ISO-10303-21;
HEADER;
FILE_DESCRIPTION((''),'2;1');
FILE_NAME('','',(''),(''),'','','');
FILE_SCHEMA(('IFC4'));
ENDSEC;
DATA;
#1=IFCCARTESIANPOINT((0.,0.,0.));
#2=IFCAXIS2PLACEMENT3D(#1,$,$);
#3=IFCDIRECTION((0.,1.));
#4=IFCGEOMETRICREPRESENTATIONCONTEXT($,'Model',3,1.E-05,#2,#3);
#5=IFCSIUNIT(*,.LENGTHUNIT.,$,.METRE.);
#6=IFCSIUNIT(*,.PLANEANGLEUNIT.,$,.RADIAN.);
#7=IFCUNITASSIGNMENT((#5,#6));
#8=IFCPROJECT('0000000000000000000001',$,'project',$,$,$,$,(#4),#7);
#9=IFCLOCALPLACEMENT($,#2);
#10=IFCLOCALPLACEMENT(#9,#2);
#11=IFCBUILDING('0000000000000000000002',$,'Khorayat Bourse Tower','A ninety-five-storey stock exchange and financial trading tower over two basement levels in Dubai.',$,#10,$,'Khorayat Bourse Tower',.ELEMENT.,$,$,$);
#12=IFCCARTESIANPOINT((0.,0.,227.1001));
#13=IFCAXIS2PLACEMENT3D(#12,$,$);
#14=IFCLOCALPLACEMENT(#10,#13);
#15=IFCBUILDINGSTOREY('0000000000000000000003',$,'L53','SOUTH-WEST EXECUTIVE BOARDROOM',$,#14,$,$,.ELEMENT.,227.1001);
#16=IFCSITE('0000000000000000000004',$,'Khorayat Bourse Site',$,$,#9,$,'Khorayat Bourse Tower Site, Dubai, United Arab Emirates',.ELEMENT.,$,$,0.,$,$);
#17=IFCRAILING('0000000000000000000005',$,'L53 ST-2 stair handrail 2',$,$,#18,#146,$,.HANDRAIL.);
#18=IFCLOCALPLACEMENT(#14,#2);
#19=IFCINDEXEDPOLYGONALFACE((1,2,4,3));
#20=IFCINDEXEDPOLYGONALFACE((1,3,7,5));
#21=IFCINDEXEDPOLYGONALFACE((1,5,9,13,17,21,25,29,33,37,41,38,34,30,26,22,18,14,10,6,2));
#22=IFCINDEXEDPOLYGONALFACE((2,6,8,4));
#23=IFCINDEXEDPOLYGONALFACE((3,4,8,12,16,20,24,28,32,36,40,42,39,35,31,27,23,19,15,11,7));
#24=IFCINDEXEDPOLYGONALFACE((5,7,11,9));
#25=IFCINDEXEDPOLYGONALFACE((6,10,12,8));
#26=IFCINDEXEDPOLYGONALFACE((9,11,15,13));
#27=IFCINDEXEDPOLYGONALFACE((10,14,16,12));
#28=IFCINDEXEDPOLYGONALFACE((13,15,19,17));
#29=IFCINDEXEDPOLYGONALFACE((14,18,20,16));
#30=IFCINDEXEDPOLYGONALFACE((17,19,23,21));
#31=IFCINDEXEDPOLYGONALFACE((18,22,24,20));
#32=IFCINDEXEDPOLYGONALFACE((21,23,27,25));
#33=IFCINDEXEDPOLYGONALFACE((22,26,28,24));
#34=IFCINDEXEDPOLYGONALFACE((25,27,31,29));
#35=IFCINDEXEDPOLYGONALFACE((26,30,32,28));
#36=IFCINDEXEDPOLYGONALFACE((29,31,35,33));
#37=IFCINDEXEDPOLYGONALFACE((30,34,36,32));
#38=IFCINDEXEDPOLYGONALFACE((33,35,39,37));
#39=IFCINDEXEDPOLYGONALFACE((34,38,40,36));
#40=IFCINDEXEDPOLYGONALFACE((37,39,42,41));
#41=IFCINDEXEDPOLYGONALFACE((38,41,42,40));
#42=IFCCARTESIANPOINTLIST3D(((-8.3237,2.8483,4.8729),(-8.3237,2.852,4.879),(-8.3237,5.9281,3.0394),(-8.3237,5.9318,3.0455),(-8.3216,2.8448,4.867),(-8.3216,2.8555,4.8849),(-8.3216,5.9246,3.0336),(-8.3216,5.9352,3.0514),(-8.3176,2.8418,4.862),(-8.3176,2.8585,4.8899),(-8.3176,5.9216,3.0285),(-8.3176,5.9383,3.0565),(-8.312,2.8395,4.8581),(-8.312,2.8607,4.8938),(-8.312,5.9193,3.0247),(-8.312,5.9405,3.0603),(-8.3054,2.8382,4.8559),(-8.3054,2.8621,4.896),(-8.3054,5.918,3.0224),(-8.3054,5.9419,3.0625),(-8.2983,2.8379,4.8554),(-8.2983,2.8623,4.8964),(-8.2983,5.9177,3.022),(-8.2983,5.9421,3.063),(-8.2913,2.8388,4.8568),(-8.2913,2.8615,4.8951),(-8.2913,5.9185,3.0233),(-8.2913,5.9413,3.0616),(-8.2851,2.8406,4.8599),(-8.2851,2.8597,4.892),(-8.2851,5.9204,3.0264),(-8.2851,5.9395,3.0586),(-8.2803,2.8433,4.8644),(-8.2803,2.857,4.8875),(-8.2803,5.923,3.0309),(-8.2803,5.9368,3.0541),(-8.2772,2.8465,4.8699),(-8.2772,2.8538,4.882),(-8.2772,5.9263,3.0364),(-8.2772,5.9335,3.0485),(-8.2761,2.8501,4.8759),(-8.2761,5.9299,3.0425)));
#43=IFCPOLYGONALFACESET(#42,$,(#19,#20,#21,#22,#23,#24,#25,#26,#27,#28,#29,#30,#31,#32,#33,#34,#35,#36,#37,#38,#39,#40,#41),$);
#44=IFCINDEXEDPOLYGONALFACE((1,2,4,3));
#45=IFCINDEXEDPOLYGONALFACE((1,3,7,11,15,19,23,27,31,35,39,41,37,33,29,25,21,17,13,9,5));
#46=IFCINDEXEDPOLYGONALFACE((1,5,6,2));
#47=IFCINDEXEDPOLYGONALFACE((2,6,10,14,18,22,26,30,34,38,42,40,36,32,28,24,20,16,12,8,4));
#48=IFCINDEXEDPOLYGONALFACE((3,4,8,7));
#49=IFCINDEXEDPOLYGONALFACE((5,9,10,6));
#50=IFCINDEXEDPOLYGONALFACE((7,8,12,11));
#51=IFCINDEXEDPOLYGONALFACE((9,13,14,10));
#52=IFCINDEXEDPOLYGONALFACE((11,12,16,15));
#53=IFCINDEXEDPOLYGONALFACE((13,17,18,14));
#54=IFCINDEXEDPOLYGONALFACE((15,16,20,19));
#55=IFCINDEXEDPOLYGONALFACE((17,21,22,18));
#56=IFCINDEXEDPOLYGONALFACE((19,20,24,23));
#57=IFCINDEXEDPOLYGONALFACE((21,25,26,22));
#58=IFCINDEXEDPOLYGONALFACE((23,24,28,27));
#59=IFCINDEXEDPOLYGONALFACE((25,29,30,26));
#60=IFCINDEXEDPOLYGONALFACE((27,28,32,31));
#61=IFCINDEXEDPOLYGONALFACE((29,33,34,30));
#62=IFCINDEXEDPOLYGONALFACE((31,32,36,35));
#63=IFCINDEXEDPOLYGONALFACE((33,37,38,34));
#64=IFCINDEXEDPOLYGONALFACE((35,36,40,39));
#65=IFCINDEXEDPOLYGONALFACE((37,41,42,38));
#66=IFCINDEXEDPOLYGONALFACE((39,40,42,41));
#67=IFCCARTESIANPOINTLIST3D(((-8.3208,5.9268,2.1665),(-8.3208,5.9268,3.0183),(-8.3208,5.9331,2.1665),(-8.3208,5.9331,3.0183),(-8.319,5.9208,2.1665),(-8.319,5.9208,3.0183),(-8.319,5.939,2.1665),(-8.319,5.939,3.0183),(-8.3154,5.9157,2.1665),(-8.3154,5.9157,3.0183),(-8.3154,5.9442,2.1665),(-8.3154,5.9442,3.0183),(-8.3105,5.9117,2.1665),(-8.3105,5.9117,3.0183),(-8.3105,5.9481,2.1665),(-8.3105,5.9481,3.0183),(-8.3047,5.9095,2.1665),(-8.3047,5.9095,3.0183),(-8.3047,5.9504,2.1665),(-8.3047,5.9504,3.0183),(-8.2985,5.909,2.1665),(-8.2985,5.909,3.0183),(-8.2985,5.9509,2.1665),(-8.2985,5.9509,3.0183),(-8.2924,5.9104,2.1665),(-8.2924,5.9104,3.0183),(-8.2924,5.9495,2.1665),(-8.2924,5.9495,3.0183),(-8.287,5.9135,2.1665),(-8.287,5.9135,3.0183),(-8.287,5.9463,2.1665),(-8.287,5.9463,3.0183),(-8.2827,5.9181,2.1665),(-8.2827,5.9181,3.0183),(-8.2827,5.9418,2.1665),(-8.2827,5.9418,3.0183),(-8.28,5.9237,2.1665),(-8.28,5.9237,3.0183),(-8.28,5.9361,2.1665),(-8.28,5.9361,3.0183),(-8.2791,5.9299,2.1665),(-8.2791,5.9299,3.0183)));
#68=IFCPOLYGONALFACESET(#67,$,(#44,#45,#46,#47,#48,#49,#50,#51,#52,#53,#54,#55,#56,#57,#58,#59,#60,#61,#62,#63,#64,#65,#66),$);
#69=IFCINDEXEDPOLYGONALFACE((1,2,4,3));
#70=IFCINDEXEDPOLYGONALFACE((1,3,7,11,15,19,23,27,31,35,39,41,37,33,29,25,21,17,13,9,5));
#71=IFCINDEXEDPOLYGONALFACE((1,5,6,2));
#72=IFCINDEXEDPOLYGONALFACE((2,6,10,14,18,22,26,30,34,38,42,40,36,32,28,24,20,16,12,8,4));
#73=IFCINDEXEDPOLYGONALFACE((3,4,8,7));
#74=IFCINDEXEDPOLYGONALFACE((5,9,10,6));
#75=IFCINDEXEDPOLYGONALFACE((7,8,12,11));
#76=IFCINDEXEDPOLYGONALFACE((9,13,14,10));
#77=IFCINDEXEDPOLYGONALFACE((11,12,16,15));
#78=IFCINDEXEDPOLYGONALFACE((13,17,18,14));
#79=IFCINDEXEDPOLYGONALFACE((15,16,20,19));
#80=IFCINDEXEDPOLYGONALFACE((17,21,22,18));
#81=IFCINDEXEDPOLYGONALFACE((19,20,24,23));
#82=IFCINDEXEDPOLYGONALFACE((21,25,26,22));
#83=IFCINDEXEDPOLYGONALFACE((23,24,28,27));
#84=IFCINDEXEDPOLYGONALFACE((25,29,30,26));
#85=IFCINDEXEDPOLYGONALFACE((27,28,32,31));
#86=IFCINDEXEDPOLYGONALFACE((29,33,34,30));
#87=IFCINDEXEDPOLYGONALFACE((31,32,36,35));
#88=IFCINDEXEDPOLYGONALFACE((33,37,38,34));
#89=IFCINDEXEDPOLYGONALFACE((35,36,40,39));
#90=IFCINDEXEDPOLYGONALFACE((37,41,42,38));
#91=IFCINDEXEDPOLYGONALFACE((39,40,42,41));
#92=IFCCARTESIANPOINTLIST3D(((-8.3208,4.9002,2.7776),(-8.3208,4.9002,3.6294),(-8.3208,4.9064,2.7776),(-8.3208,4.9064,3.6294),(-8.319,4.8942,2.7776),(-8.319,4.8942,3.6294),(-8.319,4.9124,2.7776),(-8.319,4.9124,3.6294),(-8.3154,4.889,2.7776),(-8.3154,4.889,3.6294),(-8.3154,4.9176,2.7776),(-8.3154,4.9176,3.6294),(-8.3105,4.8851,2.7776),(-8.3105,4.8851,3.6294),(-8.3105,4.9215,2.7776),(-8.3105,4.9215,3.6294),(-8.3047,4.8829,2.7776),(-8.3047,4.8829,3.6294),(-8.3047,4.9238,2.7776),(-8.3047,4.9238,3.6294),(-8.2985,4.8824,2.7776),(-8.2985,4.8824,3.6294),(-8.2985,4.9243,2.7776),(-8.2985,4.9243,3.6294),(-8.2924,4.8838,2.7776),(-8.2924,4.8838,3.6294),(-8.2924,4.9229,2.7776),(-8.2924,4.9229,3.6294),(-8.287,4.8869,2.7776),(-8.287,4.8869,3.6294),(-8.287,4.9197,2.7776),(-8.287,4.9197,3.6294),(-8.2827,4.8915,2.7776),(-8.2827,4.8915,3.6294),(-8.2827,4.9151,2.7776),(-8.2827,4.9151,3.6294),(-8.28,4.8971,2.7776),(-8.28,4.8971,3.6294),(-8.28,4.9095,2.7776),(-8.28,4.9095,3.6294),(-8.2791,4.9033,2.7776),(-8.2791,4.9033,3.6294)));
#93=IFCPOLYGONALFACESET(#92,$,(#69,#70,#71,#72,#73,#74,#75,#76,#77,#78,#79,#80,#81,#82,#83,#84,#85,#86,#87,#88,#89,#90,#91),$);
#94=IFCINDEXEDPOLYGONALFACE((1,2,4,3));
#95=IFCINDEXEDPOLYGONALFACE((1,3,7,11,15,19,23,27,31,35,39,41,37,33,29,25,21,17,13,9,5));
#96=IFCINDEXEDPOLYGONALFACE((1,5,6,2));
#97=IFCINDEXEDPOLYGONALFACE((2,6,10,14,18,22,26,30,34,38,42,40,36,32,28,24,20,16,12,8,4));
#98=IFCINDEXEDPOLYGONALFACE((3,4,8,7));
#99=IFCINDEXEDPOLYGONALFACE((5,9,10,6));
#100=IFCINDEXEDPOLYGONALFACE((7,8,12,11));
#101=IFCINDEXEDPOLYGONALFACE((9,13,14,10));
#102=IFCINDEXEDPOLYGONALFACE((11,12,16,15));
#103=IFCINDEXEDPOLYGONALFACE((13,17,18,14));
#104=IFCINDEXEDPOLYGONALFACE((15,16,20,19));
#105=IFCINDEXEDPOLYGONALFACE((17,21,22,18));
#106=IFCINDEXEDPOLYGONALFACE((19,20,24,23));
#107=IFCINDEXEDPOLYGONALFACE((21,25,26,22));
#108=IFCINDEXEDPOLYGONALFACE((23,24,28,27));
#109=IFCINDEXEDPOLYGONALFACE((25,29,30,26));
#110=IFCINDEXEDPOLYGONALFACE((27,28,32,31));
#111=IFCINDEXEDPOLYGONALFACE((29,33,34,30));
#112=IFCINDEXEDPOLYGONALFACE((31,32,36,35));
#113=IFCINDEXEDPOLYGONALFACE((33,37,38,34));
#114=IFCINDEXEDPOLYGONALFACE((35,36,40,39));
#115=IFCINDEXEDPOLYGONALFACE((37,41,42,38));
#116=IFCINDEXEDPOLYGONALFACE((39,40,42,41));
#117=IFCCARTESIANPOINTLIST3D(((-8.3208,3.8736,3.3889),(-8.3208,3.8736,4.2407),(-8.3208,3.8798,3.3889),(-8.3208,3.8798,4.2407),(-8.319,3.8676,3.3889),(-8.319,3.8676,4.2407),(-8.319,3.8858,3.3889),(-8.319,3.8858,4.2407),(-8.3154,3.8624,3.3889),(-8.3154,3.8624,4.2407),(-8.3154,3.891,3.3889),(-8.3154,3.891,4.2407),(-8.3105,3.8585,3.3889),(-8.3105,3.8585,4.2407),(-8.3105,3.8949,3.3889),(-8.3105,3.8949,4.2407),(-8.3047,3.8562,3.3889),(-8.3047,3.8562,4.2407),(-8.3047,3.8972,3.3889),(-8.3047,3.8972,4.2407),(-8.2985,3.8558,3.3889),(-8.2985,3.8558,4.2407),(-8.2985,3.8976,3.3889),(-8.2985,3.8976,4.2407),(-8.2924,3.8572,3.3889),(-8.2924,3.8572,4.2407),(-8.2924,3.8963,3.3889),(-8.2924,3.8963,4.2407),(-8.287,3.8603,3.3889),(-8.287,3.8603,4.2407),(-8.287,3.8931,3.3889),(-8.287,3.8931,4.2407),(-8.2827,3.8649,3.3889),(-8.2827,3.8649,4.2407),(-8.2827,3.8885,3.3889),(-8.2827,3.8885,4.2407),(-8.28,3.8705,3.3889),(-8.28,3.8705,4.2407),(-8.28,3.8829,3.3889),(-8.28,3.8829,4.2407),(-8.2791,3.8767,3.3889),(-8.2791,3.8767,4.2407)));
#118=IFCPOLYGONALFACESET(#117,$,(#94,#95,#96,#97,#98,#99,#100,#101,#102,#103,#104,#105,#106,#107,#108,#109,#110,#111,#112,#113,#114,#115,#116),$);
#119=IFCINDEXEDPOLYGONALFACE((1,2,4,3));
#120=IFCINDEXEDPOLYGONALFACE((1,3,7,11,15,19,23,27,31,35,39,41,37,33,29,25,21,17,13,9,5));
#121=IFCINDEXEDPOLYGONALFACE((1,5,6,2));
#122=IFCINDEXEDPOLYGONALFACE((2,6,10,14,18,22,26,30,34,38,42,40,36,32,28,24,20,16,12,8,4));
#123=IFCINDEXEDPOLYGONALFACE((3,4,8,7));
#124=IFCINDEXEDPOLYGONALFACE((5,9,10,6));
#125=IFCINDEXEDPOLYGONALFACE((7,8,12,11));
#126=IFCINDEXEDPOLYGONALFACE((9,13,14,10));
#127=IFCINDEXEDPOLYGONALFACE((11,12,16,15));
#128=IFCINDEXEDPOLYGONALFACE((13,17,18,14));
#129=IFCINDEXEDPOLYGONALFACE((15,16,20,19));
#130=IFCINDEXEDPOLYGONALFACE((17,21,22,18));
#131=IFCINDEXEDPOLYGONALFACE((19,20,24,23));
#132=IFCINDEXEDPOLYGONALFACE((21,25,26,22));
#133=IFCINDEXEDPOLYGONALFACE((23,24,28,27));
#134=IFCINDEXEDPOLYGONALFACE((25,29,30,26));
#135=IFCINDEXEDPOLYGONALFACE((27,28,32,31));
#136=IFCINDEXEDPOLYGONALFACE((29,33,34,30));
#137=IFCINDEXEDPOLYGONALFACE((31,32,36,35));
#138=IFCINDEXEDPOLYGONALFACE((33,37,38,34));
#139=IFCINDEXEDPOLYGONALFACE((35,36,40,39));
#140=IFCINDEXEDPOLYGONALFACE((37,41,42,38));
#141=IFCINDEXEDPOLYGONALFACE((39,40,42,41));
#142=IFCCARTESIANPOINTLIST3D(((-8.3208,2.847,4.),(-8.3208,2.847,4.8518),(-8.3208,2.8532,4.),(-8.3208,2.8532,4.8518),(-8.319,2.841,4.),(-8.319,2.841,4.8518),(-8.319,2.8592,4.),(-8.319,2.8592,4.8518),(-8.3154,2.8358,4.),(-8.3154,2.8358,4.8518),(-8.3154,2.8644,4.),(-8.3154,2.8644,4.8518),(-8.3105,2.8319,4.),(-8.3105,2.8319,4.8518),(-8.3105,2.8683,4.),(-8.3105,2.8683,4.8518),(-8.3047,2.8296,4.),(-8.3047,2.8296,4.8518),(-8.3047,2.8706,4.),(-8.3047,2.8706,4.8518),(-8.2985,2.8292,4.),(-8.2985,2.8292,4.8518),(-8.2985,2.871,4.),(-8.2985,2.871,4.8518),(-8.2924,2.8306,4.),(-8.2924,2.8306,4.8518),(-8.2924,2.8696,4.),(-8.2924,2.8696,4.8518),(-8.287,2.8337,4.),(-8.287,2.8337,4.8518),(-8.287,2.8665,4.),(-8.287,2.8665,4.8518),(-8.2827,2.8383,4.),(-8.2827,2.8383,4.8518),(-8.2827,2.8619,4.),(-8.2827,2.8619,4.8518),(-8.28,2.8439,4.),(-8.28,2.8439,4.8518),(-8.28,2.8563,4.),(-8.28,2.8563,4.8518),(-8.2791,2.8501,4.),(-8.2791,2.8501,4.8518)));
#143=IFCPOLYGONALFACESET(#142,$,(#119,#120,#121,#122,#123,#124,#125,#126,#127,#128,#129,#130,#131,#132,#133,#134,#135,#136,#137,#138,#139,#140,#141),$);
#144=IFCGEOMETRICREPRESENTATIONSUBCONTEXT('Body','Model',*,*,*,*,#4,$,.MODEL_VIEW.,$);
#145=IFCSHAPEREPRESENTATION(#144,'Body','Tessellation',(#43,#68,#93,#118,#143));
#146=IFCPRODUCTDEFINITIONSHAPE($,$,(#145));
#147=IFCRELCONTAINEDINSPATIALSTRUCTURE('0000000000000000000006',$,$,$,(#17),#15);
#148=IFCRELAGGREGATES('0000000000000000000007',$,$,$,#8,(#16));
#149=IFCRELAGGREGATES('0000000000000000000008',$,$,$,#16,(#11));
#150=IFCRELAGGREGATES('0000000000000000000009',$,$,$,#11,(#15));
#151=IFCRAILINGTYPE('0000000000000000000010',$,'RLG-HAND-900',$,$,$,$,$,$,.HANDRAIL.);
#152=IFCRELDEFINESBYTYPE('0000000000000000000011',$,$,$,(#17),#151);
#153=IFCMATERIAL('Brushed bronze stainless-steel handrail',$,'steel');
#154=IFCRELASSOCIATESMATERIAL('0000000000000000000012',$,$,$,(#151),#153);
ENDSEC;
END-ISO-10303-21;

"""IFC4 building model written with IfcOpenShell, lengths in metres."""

from ifc_helpers import new_model, si_unit, direction, frame, origin, origin_2d, place, context, subcontext, project, spatial, circle, extrude, source, transform, mapped, material, type_object, element, save


model = new_model("IFC4")

# Units and contexts
model_context = context("Model", 3, precision=1e-05, world=origin(), true_north=direction((0.0, 1.0)))
body_context = subcontext(model_context, "Body", "Model", "MODEL_VIEW")
ifc_project = project(units=[si_unit("LENGTHUNIT", "METRE"), si_unit("PLANEANGLEUNIT", "RADIAN")], contexts=[model_context])

# Site, building, storey
site_placement = place(None, origin())
site = spatial("IfcSite", under=ifc_project, at=site_placement, Name="Khorayat Bourse Site", LongName="Khorayat Bourse Tower Site, Dubai, United Arab Emirates", CompositionType="ELEMENT", RefElevation=0.0)
building_placement = place(site_placement, origin())
building = spatial("IfcBuilding", under=site, at=building_placement, Name="Khorayat Bourse Tower", Description="A ninety-five-storey stock exchange and financial trading tower over two basement levels in Dubai.", LongName="Khorayat Bourse Tower", CompositionType="ELEMENT")
storey_placement = place(building_placement, frame((0.0, 0.0, 227.1001)))
storey = spatial("IfcBuildingStorey", under=building, at=storey_placement, Name="L53", Description="SOUTH-WEST EXECUTIVE BOARDROOM", CompositionType="ELEMENT", Elevation=227.1001)

# Railing
ifc_material_1 = material(Name="Brushed bronze stainless-steel handrail", Category="steel")
railing_type_1 = type_object("IfcRailingType", Name="RLG-HAND-900", PredefinedType="HANDRAIL", material=ifc_material_1)
shared_shape_1 = source(origin(), body_context, "Body", "SweptSolid", [
    extrude(circle(Radius=0.0239, at=origin_2d()), frame((0.0, 0.0, 0.876), z_axis=(0.0, -0.859261, 0.511538), x_axis=(1.0, 0.0, 0.0)), (0.0, 0.0, 1.0), 3.5842),
    extrude(circle(Radius=0.021, at=origin_2d()), origin(), (0.0, 0.0, 1.0), 0.8518),
    extrude(circle(Radius=0.021, at=origin_2d()), frame((0.0, -1.0266, 0.6111)), (0.0, 0.0, 1.0), 0.8518),
    extrude(circle(Radius=0.021, at=origin_2d()), frame((0.0, -2.0532, 1.2224)), (0.0, 0.0, 1.0), 0.8518),
    extrude(circle(Radius=0.021, at=origin_2d()), frame((0.0, -3.0798, 1.8335)), (0.0, 0.0, 1.0), 0.8518),
])
railing_1_placement = place(storey_placement, frame((-8.3, 5.9299, 2.1665)))
element("IfcRailing", 1, at=railing_1_placement, inside=storey, type_object=railing_type_1, Name="L53 ST-2 stair handrail 2", PredefinedType="HANDRAIL", context=body_context, shape_type="MappedRepresentation", body=[
    mapped(shared_shape_1, transform((0.0, 0.0, 0.0), scale=1.0)),
])

save(model, "model.ifc")
